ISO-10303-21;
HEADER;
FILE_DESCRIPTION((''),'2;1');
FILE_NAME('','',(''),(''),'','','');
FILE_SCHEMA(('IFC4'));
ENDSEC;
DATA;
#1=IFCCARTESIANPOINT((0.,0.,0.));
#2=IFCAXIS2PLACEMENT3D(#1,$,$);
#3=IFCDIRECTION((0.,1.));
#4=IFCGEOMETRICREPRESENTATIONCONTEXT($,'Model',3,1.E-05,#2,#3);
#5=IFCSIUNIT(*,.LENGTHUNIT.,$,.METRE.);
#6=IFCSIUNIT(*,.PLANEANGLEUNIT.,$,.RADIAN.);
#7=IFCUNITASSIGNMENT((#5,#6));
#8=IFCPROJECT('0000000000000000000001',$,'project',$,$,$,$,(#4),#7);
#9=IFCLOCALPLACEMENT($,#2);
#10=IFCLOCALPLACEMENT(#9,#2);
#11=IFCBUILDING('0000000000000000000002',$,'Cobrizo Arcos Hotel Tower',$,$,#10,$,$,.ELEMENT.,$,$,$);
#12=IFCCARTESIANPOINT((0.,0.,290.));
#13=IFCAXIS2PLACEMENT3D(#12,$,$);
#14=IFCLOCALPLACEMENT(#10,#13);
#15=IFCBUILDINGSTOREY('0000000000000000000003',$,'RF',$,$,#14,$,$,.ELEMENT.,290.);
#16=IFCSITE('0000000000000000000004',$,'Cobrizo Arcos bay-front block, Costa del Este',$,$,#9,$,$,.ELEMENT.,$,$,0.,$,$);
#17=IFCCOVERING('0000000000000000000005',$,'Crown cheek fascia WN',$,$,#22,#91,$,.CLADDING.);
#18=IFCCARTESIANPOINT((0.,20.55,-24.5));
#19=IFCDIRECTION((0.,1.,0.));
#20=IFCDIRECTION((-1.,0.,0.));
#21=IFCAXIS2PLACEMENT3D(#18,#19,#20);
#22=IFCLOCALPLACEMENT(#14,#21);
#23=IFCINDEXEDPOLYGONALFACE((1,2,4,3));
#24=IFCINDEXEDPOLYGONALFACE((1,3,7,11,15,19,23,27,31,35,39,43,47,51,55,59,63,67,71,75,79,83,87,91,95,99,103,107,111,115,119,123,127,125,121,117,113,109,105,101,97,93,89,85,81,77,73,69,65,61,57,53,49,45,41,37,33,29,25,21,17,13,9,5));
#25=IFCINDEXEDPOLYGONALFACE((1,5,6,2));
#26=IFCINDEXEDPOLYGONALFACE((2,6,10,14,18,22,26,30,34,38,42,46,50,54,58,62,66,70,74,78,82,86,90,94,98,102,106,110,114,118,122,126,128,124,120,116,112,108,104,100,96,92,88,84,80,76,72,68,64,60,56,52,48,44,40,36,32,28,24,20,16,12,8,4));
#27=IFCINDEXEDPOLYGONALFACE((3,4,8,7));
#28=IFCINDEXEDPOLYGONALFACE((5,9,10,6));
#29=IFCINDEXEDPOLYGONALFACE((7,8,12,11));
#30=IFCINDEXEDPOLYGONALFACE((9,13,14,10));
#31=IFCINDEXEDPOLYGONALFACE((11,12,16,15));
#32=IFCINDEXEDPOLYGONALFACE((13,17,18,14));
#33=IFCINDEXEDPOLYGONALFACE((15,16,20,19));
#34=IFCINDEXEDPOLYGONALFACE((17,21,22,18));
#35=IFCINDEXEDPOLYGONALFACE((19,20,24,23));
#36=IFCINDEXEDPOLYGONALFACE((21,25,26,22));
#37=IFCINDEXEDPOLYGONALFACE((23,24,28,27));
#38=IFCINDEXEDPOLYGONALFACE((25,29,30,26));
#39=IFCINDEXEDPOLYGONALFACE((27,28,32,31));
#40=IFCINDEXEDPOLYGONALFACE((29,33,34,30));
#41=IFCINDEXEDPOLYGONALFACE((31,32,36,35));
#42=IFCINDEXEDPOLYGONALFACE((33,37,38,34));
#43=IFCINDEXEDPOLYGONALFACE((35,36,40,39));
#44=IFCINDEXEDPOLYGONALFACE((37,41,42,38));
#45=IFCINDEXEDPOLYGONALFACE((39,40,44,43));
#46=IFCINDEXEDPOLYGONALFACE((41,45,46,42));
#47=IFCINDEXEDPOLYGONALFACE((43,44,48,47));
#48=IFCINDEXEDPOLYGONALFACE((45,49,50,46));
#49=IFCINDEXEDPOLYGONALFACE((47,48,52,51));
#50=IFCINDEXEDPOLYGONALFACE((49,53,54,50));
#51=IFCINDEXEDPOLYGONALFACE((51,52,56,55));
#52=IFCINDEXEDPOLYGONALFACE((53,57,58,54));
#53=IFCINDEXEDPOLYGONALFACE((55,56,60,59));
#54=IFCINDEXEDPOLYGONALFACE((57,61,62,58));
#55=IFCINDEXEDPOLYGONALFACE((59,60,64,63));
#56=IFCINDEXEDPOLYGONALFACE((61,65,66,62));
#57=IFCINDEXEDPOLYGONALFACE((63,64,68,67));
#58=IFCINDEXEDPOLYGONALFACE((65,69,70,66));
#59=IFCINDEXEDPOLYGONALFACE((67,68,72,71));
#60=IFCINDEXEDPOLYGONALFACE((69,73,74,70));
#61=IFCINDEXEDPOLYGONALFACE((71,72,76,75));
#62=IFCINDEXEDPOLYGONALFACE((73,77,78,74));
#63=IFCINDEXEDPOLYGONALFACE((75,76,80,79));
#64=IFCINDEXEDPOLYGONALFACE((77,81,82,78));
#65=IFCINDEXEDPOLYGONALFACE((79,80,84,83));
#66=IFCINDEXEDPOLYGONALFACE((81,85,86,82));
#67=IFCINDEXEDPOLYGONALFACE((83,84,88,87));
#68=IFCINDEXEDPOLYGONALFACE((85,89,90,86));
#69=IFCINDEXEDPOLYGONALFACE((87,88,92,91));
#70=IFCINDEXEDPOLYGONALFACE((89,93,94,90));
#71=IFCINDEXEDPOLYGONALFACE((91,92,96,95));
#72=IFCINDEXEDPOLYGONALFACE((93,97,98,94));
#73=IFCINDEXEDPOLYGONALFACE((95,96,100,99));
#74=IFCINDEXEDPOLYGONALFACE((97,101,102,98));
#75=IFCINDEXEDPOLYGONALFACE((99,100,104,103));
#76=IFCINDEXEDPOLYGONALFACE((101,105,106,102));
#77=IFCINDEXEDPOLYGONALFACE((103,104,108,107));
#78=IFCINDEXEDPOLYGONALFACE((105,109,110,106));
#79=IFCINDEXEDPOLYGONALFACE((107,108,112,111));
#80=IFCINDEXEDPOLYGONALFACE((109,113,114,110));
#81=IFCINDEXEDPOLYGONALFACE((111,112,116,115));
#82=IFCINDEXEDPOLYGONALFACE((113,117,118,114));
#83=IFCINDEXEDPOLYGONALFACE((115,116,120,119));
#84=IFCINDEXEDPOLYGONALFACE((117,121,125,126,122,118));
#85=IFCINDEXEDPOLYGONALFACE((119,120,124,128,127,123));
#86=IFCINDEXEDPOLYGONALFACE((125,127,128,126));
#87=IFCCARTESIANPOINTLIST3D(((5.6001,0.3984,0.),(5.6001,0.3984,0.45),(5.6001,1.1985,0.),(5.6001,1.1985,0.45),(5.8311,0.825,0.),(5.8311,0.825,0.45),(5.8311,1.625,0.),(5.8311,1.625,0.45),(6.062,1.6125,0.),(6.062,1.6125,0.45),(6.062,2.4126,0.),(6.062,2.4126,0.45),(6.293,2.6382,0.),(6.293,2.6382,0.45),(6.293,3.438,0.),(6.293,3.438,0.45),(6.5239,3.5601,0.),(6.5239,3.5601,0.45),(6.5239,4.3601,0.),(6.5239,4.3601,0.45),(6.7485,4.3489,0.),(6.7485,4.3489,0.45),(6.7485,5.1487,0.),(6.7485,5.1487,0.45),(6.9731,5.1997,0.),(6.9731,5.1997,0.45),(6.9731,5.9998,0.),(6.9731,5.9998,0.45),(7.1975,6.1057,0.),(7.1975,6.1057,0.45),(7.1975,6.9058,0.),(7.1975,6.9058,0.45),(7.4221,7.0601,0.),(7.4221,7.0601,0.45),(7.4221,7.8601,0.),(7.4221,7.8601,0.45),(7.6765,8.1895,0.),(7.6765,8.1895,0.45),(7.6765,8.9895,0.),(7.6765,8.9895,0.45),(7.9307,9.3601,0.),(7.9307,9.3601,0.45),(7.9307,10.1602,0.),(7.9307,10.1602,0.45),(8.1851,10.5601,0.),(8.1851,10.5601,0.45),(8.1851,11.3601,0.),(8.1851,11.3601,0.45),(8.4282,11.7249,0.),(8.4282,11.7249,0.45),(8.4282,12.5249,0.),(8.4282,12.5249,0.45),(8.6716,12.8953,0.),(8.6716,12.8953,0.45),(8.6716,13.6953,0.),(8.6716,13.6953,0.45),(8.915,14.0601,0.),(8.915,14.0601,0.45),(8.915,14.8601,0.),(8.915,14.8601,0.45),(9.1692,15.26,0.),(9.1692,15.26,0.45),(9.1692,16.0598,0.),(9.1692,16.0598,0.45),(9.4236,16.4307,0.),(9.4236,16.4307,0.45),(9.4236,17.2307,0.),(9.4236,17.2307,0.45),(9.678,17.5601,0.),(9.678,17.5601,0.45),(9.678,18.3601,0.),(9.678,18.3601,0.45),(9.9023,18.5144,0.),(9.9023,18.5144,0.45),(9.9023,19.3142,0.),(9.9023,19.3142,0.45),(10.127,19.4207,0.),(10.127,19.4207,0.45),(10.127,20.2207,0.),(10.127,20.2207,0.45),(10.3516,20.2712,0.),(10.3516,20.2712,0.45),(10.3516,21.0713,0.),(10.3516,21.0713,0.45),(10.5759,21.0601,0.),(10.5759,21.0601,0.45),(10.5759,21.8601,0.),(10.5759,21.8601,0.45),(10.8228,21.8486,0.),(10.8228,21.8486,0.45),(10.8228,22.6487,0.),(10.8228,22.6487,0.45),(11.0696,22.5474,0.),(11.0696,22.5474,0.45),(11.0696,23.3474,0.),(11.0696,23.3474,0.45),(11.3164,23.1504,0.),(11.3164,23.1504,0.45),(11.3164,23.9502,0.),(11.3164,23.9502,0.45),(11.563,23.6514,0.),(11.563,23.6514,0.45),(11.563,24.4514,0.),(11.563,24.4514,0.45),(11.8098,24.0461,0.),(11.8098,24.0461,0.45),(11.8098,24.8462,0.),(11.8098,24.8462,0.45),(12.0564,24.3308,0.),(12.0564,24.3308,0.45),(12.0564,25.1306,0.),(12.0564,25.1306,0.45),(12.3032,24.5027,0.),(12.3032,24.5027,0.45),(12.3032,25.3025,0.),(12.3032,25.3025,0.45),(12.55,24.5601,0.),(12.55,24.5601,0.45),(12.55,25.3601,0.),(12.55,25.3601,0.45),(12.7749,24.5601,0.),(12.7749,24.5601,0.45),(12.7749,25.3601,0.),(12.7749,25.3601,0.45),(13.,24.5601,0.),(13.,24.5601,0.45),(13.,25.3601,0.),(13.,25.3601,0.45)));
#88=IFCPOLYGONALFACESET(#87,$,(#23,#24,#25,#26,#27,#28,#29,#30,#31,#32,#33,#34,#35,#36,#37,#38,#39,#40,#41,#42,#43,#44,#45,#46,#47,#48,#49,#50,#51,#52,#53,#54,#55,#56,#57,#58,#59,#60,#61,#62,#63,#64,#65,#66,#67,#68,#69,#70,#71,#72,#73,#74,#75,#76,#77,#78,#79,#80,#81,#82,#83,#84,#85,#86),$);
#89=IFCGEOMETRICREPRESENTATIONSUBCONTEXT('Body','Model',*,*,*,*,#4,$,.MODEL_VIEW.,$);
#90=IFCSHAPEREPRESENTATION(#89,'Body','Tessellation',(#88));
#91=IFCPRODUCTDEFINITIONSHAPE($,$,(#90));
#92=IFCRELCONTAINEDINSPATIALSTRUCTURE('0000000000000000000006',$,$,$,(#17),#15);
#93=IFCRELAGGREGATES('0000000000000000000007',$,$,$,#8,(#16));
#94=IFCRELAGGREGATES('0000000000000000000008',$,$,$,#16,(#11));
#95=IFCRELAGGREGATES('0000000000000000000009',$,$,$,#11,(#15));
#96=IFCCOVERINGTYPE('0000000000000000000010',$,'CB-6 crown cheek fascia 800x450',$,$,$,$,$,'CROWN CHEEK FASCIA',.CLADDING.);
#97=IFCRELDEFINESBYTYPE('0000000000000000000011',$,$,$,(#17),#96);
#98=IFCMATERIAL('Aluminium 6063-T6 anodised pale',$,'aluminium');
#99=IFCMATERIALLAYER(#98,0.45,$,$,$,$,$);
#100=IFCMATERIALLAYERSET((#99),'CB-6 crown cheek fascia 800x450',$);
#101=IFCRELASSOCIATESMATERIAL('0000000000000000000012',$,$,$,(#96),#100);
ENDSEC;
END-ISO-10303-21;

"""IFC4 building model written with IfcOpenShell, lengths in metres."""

from ifc_helpers import new_model, si_unit, direction, frame, origin, place, context, subcontext, project, spatial, polyline, outline, extrude, material, layer, layer_set, type_object, element, save


model = new_model("IFC4")

# Units and contexts
model_context = context("Model", 3, precision=1e-05, world=origin(), true_north=direction((0.0, 1.0)))
body_context = subcontext(model_context, "Body", "Model", "MODEL_VIEW")
ifc_project = project(units=[si_unit("LENGTHUNIT", "METRE"), si_unit("PLANEANGLEUNIT", "RADIAN")], contexts=[model_context])

# Site, building, storey
site_placement = place(None, origin())
site = spatial("IfcSite", under=ifc_project, at=site_placement, Name="Cobrizo Arcos bay-front block, Costa del Este", CompositionType="ELEMENT", RefElevation=0.0)
building_placement = place(site_placement, origin())
building = spatial("IfcBuilding", under=site, at=building_placement, Name="Cobrizo Arcos Hotel Tower", CompositionType="ELEMENT")
storey_placement = place(building_placement, frame((0.0, 0.0, 290.0)))
storey = spatial("IfcBuildingStorey", under=building, at=storey_placement, Name="RF", CompositionType="ELEMENT", Elevation=290.0)

# Covering
ifc_material_1 = material(Name="Aluminium 6063-T6 anodised pale", Category="aluminium")
ifc_layer_1 = layer(ifc_material_1, 0.45)
ifc_layer_set_1 = layer_set([ifc_layer_1], Name="CB-6 crown cheek fascia 800x450")
covering_type_1 = type_object("IfcCoveringType", Name="CB-6 crown cheek fascia 800x450", ElementType="CROWN CHEEK FASCIA", PredefinedType="CLADDING", material=ifc_layer_set_1)
covering_1_placement = place(storey_placement, frame((0.0, 20.55, -24.5), z_axis=(0.0, 1.0, 0.0), x_axis=(-1.0, 0.0, 0.0)))
element("IfcCovering", 1, at=covering_1_placement, inside=storey, type_object=covering_type_1, Name="Crown cheek fascia WN", PredefinedType="CLADDING", context=body_context, shape_type="SweptSolid", body=[
    extrude(outline(polyline([(5.6001, 1.1985), (5.8311, 1.625), (6.062, 2.4126), (6.293, 3.438), (6.5239, 4.3601), (6.7485, 5.1487), (6.9731, 5.9998), (7.1975, 6.9058), (7.4221, 7.8601), (7.6765, 8.9895), (7.9307, 10.1602), (8.1851, 11.3601), (8.4282, 12.5249), (8.6716, 13.6953), (8.915, 14.8601), (9.1692, 16.0598), (9.4236, 17.2307), (9.678, 18.3601), (9.9023, 19.3142), (10.127, 20.2207), (10.3516, 21.0713), (10.5759, 21.8601), (10.8228, 22.6487), (11.0696, 23.3474), (11.3164, 23.9502), (11.563, 24.4514), (11.8098, 24.8462), (12.0564, 25.1306), (12.3032, 25.3025), (12.55, 25.3601), (12.7749, 25.3601), (13.0, 25.3601), (13.0, 24.5601), (12.7749, 24.5601), (12.55, 24.5601), (12.3032, 24.5027), (12.0564, 24.3308), (11.8098, 24.0461), (11.563, 23.6514), (11.3164, 23.1504), (11.0696, 22.5474), (10.8228, 21.8486), (10.5759, 21.0601), (10.3516, 20.2712), (10.127, 19.4207), (9.9023, 18.5144), (9.678, 17.5601), (9.4236, 16.4307), (9.1692, 15.26), (8.915, 14.0601), (8.6716, 12.8953), (8.4282, 11.7249), (8.1851, 10.5601), (7.9307, 9.3601), (7.6765, 8.1895), (7.4221, 7.0601), (7.1975, 6.1057), (6.9731, 5.1997), (6.7485, 4.3489), (6.5239, 3.5601), (6.293, 2.6382), (6.062, 1.6125), (5.8311, 0.825), (5.6001, 0.3984), (5.6001, 1.1985)])), origin(), (0.0, 0.0, 1.0), 0.45),
])

save(model, "model.ifc")
